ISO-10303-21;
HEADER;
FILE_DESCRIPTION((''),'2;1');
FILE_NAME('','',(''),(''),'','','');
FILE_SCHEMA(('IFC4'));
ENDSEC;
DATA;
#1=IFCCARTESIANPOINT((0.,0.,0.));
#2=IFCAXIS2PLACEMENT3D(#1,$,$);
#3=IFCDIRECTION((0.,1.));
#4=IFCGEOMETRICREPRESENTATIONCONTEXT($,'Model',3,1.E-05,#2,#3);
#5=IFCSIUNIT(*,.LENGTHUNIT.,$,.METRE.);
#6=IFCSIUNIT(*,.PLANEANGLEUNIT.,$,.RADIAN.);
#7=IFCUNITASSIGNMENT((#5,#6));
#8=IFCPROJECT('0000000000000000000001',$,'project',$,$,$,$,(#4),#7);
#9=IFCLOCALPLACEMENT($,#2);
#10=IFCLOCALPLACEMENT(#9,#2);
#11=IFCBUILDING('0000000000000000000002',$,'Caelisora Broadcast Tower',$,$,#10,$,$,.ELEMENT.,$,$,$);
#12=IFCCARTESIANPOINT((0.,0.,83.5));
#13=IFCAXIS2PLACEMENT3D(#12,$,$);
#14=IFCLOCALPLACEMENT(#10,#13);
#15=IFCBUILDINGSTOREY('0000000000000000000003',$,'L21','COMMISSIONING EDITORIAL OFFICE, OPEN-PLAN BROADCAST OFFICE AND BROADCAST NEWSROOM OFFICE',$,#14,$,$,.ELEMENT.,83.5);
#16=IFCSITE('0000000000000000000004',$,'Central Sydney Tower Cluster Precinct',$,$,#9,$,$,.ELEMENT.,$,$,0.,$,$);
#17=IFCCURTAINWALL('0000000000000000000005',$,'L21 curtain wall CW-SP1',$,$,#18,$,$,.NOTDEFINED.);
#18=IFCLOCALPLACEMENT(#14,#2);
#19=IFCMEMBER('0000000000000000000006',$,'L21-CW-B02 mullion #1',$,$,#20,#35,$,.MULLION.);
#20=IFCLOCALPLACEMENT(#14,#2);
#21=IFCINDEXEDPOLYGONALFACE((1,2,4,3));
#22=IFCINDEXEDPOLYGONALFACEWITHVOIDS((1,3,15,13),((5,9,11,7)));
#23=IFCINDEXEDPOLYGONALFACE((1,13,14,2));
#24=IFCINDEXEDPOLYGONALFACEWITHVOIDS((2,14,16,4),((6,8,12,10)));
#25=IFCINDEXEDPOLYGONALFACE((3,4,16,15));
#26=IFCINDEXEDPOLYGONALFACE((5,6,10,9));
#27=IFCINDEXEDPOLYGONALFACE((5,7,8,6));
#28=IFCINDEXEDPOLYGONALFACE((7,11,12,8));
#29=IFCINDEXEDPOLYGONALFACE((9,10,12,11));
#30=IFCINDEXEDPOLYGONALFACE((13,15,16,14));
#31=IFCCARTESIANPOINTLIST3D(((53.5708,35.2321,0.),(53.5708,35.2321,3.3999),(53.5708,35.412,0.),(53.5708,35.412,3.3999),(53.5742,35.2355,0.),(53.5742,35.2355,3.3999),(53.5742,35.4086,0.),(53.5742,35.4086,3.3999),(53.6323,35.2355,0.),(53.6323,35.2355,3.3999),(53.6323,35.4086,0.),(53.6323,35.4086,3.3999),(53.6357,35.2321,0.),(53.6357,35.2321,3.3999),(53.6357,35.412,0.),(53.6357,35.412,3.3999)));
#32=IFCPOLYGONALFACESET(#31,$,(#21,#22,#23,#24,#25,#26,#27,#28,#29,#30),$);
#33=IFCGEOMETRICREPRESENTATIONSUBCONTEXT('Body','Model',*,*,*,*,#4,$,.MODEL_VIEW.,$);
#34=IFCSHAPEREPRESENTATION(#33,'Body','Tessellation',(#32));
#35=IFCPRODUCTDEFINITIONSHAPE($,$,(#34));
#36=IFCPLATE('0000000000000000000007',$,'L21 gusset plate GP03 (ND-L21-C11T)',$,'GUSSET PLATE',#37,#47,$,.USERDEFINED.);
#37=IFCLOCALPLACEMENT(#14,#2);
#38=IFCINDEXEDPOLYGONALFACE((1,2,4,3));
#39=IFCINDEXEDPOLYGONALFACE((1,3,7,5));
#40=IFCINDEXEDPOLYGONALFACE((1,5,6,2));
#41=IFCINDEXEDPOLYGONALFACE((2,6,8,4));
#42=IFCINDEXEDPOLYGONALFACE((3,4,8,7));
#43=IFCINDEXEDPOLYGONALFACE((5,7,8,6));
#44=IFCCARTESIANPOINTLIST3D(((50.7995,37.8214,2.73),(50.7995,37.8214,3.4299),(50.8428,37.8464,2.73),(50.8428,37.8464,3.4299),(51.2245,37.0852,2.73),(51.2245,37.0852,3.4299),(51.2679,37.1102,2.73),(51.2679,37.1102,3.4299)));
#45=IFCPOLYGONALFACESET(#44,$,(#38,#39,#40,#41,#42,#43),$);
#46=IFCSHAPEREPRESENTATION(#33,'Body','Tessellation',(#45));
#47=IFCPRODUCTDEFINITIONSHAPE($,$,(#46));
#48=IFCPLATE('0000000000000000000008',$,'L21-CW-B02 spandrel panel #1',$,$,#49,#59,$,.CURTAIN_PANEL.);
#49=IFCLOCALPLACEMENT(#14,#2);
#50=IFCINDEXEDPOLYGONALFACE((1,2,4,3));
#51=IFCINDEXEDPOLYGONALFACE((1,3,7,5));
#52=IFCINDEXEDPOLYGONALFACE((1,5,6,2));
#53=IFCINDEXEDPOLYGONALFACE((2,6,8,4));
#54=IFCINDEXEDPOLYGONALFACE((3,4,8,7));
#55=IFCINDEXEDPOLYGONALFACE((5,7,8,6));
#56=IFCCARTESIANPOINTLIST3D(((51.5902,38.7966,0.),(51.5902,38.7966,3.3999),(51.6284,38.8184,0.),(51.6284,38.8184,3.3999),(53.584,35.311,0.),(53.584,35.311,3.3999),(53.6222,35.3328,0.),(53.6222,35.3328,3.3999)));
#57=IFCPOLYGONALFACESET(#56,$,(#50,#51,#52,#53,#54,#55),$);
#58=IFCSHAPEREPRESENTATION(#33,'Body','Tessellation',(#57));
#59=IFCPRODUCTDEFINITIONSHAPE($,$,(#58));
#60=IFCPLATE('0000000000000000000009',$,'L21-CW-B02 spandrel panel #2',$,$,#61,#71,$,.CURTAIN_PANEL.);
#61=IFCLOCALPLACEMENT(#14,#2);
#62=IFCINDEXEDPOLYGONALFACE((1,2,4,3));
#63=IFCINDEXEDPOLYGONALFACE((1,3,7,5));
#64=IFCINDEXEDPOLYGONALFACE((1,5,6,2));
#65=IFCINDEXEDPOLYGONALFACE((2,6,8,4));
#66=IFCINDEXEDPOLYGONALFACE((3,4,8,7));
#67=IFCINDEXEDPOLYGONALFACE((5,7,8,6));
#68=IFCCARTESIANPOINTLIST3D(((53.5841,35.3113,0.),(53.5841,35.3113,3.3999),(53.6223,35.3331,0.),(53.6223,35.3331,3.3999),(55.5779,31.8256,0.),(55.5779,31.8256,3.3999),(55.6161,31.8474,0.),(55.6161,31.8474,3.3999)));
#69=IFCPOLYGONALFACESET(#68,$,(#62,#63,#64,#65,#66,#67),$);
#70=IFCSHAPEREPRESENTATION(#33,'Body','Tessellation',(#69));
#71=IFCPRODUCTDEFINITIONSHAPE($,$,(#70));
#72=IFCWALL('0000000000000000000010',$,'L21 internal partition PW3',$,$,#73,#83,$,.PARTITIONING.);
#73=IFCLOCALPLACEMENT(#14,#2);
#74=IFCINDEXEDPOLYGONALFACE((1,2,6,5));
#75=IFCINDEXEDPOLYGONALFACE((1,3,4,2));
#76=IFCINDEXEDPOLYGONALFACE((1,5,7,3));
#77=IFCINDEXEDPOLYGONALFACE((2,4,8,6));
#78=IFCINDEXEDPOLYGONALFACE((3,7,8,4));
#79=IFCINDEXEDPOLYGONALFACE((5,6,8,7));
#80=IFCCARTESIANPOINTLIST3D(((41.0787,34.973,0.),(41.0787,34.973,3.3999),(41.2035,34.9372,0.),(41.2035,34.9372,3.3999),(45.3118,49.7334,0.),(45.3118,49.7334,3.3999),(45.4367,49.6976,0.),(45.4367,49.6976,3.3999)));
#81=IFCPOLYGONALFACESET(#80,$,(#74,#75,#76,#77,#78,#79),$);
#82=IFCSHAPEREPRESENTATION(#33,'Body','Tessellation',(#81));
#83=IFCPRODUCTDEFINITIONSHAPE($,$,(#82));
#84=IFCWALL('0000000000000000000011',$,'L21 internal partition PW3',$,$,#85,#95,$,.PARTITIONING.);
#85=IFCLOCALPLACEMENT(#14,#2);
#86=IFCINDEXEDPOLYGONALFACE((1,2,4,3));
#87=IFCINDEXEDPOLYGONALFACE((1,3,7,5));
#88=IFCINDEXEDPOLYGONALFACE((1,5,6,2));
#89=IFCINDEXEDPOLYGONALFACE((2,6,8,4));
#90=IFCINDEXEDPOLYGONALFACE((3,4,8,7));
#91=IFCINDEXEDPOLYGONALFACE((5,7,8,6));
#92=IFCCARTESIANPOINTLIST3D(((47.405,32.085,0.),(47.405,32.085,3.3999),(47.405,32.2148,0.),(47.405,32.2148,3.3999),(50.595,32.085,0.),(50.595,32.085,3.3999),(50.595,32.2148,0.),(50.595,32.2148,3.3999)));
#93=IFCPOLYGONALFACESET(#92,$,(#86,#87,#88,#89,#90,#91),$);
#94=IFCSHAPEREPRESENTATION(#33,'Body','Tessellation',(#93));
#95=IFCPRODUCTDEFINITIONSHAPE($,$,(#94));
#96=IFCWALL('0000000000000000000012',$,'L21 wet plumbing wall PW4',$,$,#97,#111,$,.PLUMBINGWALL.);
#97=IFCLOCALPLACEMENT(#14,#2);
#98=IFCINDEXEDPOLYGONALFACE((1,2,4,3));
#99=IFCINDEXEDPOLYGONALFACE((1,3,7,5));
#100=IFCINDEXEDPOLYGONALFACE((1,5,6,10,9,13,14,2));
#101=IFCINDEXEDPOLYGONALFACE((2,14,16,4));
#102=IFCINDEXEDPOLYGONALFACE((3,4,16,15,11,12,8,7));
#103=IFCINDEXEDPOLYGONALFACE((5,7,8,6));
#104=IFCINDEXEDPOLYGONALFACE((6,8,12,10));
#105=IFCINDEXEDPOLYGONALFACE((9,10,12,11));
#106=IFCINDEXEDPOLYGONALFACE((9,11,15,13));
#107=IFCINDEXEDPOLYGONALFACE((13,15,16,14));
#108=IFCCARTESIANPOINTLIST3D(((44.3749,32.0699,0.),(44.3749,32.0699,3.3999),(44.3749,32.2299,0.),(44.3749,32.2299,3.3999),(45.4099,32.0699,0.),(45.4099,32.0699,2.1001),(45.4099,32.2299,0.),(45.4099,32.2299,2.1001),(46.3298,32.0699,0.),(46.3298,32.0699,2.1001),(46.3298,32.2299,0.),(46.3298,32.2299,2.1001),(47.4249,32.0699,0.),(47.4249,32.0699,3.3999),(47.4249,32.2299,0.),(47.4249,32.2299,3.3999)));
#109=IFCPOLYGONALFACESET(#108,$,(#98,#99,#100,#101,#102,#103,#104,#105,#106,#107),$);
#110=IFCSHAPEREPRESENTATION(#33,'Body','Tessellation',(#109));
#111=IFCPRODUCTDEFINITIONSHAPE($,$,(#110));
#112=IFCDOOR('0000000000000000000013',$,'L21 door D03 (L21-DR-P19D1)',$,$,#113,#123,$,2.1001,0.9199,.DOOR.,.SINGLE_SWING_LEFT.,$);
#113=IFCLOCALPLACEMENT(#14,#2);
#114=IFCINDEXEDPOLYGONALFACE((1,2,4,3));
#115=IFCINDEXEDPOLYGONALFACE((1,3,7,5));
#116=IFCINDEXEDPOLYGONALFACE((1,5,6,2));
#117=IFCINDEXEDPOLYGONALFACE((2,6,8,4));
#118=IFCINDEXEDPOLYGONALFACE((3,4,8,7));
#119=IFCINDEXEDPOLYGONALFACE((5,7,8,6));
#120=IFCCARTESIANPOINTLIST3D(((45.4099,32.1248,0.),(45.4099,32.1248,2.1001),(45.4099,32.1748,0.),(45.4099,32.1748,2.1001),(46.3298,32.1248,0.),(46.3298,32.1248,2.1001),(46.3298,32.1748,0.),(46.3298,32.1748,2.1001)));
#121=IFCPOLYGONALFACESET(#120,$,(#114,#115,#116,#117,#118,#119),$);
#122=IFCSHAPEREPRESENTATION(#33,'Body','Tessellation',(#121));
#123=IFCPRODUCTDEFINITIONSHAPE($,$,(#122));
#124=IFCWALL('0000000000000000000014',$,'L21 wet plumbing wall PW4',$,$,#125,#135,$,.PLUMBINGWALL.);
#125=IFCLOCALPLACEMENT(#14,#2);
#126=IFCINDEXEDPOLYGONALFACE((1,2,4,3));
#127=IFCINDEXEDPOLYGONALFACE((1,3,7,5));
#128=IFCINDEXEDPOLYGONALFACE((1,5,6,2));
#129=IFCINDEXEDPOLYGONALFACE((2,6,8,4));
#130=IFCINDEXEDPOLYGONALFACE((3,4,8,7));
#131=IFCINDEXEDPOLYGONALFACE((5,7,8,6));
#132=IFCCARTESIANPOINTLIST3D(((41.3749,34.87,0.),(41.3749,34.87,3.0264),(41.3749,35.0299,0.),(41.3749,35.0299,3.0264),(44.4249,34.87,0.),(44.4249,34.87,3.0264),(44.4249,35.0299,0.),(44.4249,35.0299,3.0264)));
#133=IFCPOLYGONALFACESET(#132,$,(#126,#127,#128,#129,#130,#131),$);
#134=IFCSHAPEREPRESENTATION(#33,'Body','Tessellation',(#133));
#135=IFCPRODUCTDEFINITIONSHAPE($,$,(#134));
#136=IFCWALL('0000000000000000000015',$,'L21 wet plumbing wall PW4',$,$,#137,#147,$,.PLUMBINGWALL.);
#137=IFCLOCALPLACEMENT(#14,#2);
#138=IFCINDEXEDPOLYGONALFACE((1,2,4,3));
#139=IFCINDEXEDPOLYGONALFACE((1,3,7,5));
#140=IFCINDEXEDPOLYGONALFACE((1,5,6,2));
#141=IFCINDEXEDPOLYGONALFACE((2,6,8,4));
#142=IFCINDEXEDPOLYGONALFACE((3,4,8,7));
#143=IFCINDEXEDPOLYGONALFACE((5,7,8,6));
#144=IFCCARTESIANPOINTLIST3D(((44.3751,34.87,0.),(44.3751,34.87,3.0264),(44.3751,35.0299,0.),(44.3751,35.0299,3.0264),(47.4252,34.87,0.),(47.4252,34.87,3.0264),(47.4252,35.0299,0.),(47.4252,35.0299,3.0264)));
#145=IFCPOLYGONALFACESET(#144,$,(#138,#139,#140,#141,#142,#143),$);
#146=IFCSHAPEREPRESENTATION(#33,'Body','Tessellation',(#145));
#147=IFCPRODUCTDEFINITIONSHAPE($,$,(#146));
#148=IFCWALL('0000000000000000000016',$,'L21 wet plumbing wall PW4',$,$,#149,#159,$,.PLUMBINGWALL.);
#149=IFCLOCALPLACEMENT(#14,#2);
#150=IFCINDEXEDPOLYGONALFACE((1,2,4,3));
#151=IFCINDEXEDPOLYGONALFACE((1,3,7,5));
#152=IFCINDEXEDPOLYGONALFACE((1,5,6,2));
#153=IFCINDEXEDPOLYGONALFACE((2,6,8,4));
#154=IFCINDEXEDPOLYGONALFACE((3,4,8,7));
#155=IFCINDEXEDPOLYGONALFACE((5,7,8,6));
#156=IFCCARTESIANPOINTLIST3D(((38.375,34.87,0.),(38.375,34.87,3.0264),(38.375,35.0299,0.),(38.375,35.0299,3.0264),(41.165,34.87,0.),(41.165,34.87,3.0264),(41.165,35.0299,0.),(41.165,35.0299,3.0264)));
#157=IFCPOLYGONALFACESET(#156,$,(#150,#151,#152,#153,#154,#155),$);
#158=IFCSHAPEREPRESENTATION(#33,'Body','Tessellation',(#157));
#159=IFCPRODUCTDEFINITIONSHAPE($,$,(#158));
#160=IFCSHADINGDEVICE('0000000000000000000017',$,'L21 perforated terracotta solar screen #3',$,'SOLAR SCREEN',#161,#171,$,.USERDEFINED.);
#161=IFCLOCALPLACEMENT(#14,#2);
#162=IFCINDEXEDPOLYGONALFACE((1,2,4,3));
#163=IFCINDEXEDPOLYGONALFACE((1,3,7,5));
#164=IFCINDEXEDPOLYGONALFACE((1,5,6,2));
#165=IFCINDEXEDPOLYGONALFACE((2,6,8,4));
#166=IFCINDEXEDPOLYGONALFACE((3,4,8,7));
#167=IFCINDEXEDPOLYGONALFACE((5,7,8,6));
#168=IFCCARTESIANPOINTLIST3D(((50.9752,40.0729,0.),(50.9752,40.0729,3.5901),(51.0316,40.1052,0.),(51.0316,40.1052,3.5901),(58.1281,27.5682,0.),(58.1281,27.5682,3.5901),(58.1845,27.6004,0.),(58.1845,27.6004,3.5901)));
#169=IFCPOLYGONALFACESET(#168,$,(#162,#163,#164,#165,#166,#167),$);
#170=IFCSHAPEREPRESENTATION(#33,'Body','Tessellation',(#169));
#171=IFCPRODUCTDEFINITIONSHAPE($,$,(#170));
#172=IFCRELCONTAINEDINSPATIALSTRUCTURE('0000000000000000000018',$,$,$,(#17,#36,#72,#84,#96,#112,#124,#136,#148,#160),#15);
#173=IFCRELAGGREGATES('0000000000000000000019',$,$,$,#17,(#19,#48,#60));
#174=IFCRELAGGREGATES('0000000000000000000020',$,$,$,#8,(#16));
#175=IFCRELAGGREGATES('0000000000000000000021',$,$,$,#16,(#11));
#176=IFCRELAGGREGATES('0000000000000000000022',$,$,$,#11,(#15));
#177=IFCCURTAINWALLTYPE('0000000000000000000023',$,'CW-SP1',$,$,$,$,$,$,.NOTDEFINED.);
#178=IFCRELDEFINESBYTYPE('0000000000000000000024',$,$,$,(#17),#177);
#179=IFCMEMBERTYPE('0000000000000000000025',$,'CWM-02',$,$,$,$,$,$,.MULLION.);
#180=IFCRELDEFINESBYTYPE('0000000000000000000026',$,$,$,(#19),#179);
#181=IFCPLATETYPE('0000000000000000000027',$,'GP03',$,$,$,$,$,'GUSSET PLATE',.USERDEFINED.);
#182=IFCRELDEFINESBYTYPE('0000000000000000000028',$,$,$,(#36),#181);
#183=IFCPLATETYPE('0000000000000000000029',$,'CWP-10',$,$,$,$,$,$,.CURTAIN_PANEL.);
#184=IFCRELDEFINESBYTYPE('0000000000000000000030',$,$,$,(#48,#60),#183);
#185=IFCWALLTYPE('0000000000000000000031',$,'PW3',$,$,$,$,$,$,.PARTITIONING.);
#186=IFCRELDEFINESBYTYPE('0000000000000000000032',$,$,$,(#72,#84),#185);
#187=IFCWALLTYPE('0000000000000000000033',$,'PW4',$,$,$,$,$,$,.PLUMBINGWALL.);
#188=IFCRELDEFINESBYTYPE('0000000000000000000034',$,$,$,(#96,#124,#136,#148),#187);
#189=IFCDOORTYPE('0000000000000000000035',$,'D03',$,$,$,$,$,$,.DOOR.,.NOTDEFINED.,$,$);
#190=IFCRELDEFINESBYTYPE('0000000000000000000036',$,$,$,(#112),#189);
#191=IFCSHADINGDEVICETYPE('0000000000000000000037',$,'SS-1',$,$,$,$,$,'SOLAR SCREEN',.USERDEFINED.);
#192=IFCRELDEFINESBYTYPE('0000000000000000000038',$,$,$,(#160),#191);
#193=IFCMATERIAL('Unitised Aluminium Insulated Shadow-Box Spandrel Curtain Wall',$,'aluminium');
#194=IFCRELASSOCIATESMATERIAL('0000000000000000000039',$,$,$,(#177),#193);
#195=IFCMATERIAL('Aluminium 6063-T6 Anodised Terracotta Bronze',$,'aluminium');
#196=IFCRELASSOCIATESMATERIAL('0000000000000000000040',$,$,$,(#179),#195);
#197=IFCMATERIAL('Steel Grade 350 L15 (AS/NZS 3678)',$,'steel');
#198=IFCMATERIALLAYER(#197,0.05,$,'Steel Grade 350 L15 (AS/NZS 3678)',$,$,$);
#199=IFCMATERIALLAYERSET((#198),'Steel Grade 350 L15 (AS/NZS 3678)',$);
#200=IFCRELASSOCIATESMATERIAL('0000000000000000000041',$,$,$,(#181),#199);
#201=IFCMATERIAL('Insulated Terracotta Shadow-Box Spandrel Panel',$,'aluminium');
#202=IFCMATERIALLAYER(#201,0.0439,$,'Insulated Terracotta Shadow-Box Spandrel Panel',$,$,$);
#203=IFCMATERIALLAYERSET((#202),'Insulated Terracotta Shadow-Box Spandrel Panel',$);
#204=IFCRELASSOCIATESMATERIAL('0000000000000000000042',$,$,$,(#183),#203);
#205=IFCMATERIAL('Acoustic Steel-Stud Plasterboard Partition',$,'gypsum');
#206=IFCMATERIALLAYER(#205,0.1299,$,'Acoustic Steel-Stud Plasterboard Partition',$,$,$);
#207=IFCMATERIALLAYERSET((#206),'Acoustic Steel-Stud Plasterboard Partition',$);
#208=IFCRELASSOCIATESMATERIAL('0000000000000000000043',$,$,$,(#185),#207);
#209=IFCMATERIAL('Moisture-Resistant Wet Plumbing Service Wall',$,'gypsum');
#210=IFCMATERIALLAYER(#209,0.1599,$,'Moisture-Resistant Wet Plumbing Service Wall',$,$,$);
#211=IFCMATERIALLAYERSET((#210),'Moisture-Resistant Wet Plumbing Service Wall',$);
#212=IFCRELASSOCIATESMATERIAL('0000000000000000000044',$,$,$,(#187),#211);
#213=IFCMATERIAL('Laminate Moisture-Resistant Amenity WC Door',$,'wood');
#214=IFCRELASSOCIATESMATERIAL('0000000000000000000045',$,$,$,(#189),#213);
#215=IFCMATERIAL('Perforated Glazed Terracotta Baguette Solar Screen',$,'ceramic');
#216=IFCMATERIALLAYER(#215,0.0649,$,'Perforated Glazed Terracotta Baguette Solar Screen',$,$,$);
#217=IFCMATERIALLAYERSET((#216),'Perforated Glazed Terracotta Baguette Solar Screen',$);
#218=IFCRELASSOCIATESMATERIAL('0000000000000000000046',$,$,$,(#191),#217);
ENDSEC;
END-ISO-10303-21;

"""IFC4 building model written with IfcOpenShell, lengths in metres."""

from ifc_helpers import new_model, si_unit, direction, frame, frame_2d, origin, origin_2d, place, context, subcontext, project, spatial, rectangle, hollow_rectangle, extrude, source, transform, mapped, material, layer, layer_set, material_profile, profile_set, type_object, type_shapes, element, fill, aggregate, save


model = new_model("IFC4")

# Units and contexts
model_context = context("Model", 3, precision=1e-05, world=origin(), true_north=direction((0.0, 1.0)))
body_context = subcontext(model_context, "Body", "Model", "MODEL_VIEW")
ifc_project = project(units=[si_unit("LENGTHUNIT", "METRE"), si_unit("PLANEANGLEUNIT", "RADIAN")], contexts=[model_context])

# Site, building, storey
site_placement = place(None, origin())
site = spatial("IfcSite", under=ifc_project, at=site_placement, Name="Central Sydney Tower Cluster Precinct", CompositionType="ELEMENT", RefElevation=0.0)
building_placement = place(site_placement, origin())
building = spatial("IfcBuilding", under=site, at=building_placement, Name="Caelisora Broadcast Tower", CompositionType="ELEMENT")
storey_placement = place(building_placement, frame((0.0, 0.0, 83.5)))
storey = spatial("IfcBuildingStorey", under=building, at=storey_placement, Name="L21", Description="COMMISSIONING EDITORIAL OFFICE, OPEN-PLAN BROADCAST OFFICE AND BROADCAST NEWSROOM OFFICE", CompositionType="ELEMENT", Elevation=83.5)

# Shared definitions
ifc_material_1 = material(Name="Steel Grade 350 L15 (AS/NZS 3678)", Category="steel")

# Curtain wall, member
ifc_material_2 = material(Name="Unitised Aluminium Insulated Shadow-Box Spandrel Curtain Wall", Category="aluminium")
curtain_wall_type = type_object("IfcCurtainWallType", Name="CW-SP1", PredefinedType="NOTDEFINED", material=ifc_material_2)
curtain_wall_placement = place(storey_placement, origin())
curtain_wall = element("IfcCurtainWall", 1, at=curtain_wall_placement, inside=storey, type_object=curtain_wall_type, Name="L21 curtain wall CW-SP1", PredefinedType="NOTDEFINED")
ifc_material_3 = material(Name="Aluminium 6063-T6 Anodised Terracotta Bronze", Category="aluminium")
ifc_material_profile_1 = material_profile(ifc_material_3, hollow_rectangle(XDim=0.0649, YDim=0.1799, WallThickness=0.0034, at=origin_2d()), Name="Aluminium 6063-T6 Anodised Terracotta Bronze")
ifc_profile_set_1 = profile_set([ifc_material_profile_1], Name="Aluminium 6063-T6 Anodised Terracotta Bronze")
member_type = type_object("IfcMemberType", Name="CWM-02", PredefinedType="MULLION", material=ifc_profile_set_1)
shared_shape_1 = source(origin(), body_context, "Body", "SweptSolid", [
    extrude(hollow_rectangle(XDim=0.0649, YDim=0.1799, WallThickness=0.0034, at=origin_2d()), origin(), (0.0, 0.0, 1.0), 3.3999),
])
type_shapes(member_type, [shared_shape_1])
member_placement = place(storey_placement, frame((53.6033, 35.322, 0.0), z_axis=(0.0, 0.0, 1.0), x_axis=(1.0, 0.0, 0.0)))
member = element("IfcMember", 2, at=member_placement, type_object=member_type, Name="L21-CW-B02 mullion #1", PredefinedType="MULLION", context=body_context, shape_type="MappedRepresentation", body=[
    mapped(shared_shape_1, transform((0.0, 0.0, 0.0), scale=1.0)),
])

# Plates
ifc_layer_1 = layer(ifc_material_1, 0.05, Name="Steel Grade 350 L15 (AS/NZS 3678)")
ifc_layer_set_1 = layer_set([ifc_layer_1], Name="Steel Grade 350 L15 (AS/NZS 3678)")
plate_type_1 = type_object("IfcPlateType", Name="GP03", ElementType="GUSSET PLATE", PredefinedType="USERDEFINED", material=ifc_layer_set_1)
shared_shape_2 = source(origin(), body_context, "Body", "SweptSolid", [
    extrude(rectangle(XDim=0.8501, YDim=0.05, at=origin_2d()), origin(), (0.0, 0.0, 1.0), 0.7),
])
type_shapes(plate_type_1, [shared_shape_2])
plate_1_placement = place(storey_placement, frame((51.0337, 37.4658, 2.73), z_axis=(0.0, 0.0, 1.0), x_axis=(-0.5, 0.866025, 0.0)))
element("IfcPlate", 3, at=plate_1_placement, inside=storey, type_object=plate_type_1, Name="L21 gusset plate GP03 (ND-L21-C11T)", ObjectType="GUSSET PLATE", PredefinedType="USERDEFINED", context=body_context, shape_type="MappedRepresentation", body=[
    mapped(shared_shape_2, transform((0.0, 0.0, 0.0), scale=1.0)),
])
ifc_material_4 = material(Name="Insulated Terracotta Shadow-Box Spandrel Panel", Category="aluminium")
ifc_layer_2 = layer(ifc_material_4, 0.0439, Name="Insulated Terracotta Shadow-Box Spandrel Panel")
ifc_layer_set_2 = layer_set([ifc_layer_2], Name="Insulated Terracotta Shadow-Box Spandrel Panel")
plate_type_2 = type_object("IfcPlateType", Name="CWP-10", PredefinedType="CURTAIN_PANEL", material=ifc_layer_set_2)
shared_shape_3 = source(origin(), body_context, "Body", "SweptSolid", [
    extrude(rectangle(XDim=4.0156, YDim=0.0439, at=origin_2d()), origin(), (0.0, 0.0, 1.0), 3.3999),
])
type_shapes(plate_type_2, [shared_shape_3])
plate_2_placement = place(storey_placement, frame((52.6062, 37.0647, 0.0), z_axis=(0.0, 0.0, 1.0), x_axis=(0.49652, -0.868026, 0.0)))
plate_2 = element("IfcPlate", 4, at=plate_2_placement, type_object=plate_type_2, Name="L21-CW-B02 spandrel panel #1", PredefinedType="CURTAIN_PANEL", context=body_context, shape_type="MappedRepresentation", body=[
    mapped(shared_shape_3, transform((0.0, 0.0, 0.0), scale=1.0)),
])
plate_3_placement = place(storey_placement, frame((54.6001, 33.5793, 0.0), z_axis=(0.0, 0.0, 1.0), x_axis=(0.49652, -0.868026, 0.0)))
plate_3 = element("IfcPlate", 5, at=plate_3_placement, type_object=plate_type_2, Name="L21-CW-B02 spandrel panel #2", PredefinedType="CURTAIN_PANEL", context=body_context, shape_type="MappedRepresentation", body=[
    mapped(shared_shape_3, transform((0.0, 0.0, 0.0), scale=1.0)),
])
aggregate(curtain_wall, [member, plate_2, plate_3])

# Walls
ifc_material_5 = material(Name="Acoustic Steel-Stud Plasterboard Partition", Category="gypsum")
ifc_layer_3 = layer(ifc_material_5, 0.1299, Name="Acoustic Steel-Stud Plasterboard Partition")
ifc_layer_set_3 = layer_set([ifc_layer_3], Name="Acoustic Steel-Stud Plasterboard Partition")
wall_type_1 = type_object("IfcWallType", Name="PW3", PredefinedType="PARTITIONING", material=ifc_layer_set_3)
wall_1_placement = place(storey_placement, frame((41.1411, 34.9551, 0.0), z_axis=(0.0, 0.0, 1.0), x_axis=(0.275676, 0.96125, 0.0)))
element("IfcWall", 6, at=wall_1_placement, inside=storey, type_object=wall_type_1, Name="L21 internal partition PW3", PredefinedType="PARTITIONING", context=body_context, shape_type="SweptSolid", body=[
    extrude(rectangle(XDim=15.3555, YDim=0.1299, at=frame_2d((7.6777, 0.0))), origin(), (0.0, 0.0, 1.0), 3.3999),
])
wall_2_placement = place(storey_placement, frame((47.405, 32.1499, 0.0), z_axis=(0.0, 0.0, 1.0), x_axis=(1.0, 0.0, 0.0)))
element("IfcWall", 7, at=wall_2_placement, inside=storey, type_object=wall_type_1, Name="L21 internal partition PW3", PredefinedType="PARTITIONING", context=body_context, shape_type="SweptSolid", body=[
    extrude(rectangle(XDim=3.1899, YDim=0.1299, at=frame_2d((1.595, 0.0))), origin(), (0.0, 0.0, 1.0), 3.3999),
])

# Wall, opening, door
ifc_material_6 = material(Name="Moisture-Resistant Wet Plumbing Service Wall", Category="gypsum")
ifc_layer_4 = layer(ifc_material_6, 0.1599, Name="Moisture-Resistant Wet Plumbing Service Wall")
ifc_layer_set_4 = layer_set([ifc_layer_4], Name="Moisture-Resistant Wet Plumbing Service Wall")
wall_type_2 = type_object("IfcWallType", Name="PW4", PredefinedType="PLUMBINGWALL", material=ifc_layer_set_4)
wall_3_placement = place(storey_placement, frame((44.375, 32.1499, 0.0), z_axis=(0.0, 0.0, 1.0), x_axis=(1.0, 0.0, 0.0)))
wall_3 = element("IfcWall", 8, at=wall_3_placement, inside=storey, type_object=wall_type_2, Name="L21 wet plumbing wall PW4", PredefinedType="PLUMBINGWALL", context=body_context, shape_type="SweptSolid", body=[
    extrude(rectangle(XDim=3.05, YDim=0.1599, at=frame_2d((1.5249, 0.0))), origin(), (0.0, 0.0, 1.0), 3.3999),
])
opening_placement = place(wall_3_placement, frame((1.0349, 0.0, 0.0)))
opening = element("IfcOpeningElement", 9, at=opening_placement, cuts=wall_3, PredefinedType="OPENING", context=body_context, shape_type="SweptSolid", body=[
    extrude(rectangle(XDim=0.9199, YDim=2.1001, at=frame_2d((0.46, 1.05))), frame((0.0, 0.092, 0.0), z_axis=(0.0, -1.0, 0.0), x_axis=(1.0, 0.0, 0.0)), (0.0, 0.0, 1.0), 0.1838),
])
ifc_material_7 = material(Name="Laminate Moisture-Resistant Amenity WC Door", Category="wood")
door_type = type_object("IfcDoorType", Name="D03", OperationType="NOTDEFINED", PredefinedType="DOOR", material=ifc_material_7)
door_placement = place(opening_placement, origin())
door = element("IfcDoor", 10, at=door_placement, inside=storey, type_object=door_type, Name="L21 door D03 (L21-DR-P19D1)", OperationType="SINGLE_SWING_LEFT", OverallHeight=2.1001, OverallWidth=0.9199, PredefinedType="DOOR", context=body_context, shape_type="SweptSolid", body=[
    extrude(rectangle(XDim=0.9199, YDim=2.1001, at=frame_2d((0.46, 1.05))), frame((0.0, 0.0249, 0.0), z_axis=(0.0, -1.0, 0.0), x_axis=(1.0, 0.0, 0.0)), (0.0, 0.0, 1.0), 0.05),
])
fill(opening, door)

# Walls
for number, where, z_axis, x_axis, name in (
    (11, (41.375, 34.95, 0.0), (0.0, 0.0, 1.0), (1.0, 0.0, 0.0), "L21 wet plumbing wall PW4"),
    (12, (47.425, 34.95, 0.0), (0.0, 0.0, 1.0), (-1.0, 0.0, 0.0), "L21 wet plumbing wall PW4"),
):
    element("IfcWall", number, at=place(storey_placement, frame(where, z_axis=z_axis, x_axis=x_axis)), inside=storey, type_object=wall_type_2, Name=name, PredefinedType="PLUMBINGWALL", context=body_context, shape_type="SweptSolid", body=[
        extrude(rectangle(XDim=3.05, YDim=0.1599, at=frame_2d((1.5249, 0.0))), origin(), (0.0, 0.0, 1.0), 3.0264),
    ])
wall_4_placement = place(storey_placement, frame((38.375, 34.95, 0.0), z_axis=(0.0, 0.0, 1.0), x_axis=(1.0, 0.0, 0.0)))
element("IfcWall", 13, at=wall_4_placement, inside=storey, type_object=wall_type_2, Name="L21 wet plumbing wall PW4", PredefinedType="PLUMBINGWALL", context=body_context, shape_type="SweptSolid", body=[
    extrude(rectangle(XDim=2.79, YDim=0.1599, at=frame_2d((1.395, 0.0))), origin(), (0.0, 0.0, 1.0), 3.0264),
])

# Shading device
ifc_material_8 = material(Name="Perforated Glazed Terracotta Baguette Solar Screen", Category="ceramic")
ifc_layer_5 = layer(ifc_material_8, 0.0649, Name="Perforated Glazed Terracotta Baguette Solar Screen")
ifc_layer_set_5 = layer_set([ifc_layer_5], Name="Perforated Glazed Terracotta Baguette Solar Screen")
shading_device_type = type_object("IfcShadingDeviceType", Name="SS-1", ElementType="SOLAR SCREEN", PredefinedType="USERDEFINED", material=ifc_layer_set_5)
shared_shape_4 = source(origin(), body_context, "Body", "SweptSolid", [
    extrude(rectangle(XDim=14.406, YDim=0.0649, at=origin_2d()), origin(), (0.0, 0.0, 1.0), 3.5901),
])
type_shapes(shading_device_type, [shared_shape_4])
shading_device_placement = place(storey_placement, frame((54.5798, 33.8367, 0.0), z_axis=(0.0, 0.0, 1.0), x_axis=(-0.49652, 0.868026, 0.0)))
element("IfcShadingDevice", 14, at=shading_device_placement, inside=storey, type_object=shading_device_type, Name="L21 perforated terracotta solar screen #3", ObjectType="SOLAR SCREEN", PredefinedType="USERDEFINED", context=body_context, shape_type="MappedRepresentation", body=[
    mapped(shared_shape_4, transform((0.0, 0.0, 0.0), scale=1.0)),
])

save(model, "model.ifc")
